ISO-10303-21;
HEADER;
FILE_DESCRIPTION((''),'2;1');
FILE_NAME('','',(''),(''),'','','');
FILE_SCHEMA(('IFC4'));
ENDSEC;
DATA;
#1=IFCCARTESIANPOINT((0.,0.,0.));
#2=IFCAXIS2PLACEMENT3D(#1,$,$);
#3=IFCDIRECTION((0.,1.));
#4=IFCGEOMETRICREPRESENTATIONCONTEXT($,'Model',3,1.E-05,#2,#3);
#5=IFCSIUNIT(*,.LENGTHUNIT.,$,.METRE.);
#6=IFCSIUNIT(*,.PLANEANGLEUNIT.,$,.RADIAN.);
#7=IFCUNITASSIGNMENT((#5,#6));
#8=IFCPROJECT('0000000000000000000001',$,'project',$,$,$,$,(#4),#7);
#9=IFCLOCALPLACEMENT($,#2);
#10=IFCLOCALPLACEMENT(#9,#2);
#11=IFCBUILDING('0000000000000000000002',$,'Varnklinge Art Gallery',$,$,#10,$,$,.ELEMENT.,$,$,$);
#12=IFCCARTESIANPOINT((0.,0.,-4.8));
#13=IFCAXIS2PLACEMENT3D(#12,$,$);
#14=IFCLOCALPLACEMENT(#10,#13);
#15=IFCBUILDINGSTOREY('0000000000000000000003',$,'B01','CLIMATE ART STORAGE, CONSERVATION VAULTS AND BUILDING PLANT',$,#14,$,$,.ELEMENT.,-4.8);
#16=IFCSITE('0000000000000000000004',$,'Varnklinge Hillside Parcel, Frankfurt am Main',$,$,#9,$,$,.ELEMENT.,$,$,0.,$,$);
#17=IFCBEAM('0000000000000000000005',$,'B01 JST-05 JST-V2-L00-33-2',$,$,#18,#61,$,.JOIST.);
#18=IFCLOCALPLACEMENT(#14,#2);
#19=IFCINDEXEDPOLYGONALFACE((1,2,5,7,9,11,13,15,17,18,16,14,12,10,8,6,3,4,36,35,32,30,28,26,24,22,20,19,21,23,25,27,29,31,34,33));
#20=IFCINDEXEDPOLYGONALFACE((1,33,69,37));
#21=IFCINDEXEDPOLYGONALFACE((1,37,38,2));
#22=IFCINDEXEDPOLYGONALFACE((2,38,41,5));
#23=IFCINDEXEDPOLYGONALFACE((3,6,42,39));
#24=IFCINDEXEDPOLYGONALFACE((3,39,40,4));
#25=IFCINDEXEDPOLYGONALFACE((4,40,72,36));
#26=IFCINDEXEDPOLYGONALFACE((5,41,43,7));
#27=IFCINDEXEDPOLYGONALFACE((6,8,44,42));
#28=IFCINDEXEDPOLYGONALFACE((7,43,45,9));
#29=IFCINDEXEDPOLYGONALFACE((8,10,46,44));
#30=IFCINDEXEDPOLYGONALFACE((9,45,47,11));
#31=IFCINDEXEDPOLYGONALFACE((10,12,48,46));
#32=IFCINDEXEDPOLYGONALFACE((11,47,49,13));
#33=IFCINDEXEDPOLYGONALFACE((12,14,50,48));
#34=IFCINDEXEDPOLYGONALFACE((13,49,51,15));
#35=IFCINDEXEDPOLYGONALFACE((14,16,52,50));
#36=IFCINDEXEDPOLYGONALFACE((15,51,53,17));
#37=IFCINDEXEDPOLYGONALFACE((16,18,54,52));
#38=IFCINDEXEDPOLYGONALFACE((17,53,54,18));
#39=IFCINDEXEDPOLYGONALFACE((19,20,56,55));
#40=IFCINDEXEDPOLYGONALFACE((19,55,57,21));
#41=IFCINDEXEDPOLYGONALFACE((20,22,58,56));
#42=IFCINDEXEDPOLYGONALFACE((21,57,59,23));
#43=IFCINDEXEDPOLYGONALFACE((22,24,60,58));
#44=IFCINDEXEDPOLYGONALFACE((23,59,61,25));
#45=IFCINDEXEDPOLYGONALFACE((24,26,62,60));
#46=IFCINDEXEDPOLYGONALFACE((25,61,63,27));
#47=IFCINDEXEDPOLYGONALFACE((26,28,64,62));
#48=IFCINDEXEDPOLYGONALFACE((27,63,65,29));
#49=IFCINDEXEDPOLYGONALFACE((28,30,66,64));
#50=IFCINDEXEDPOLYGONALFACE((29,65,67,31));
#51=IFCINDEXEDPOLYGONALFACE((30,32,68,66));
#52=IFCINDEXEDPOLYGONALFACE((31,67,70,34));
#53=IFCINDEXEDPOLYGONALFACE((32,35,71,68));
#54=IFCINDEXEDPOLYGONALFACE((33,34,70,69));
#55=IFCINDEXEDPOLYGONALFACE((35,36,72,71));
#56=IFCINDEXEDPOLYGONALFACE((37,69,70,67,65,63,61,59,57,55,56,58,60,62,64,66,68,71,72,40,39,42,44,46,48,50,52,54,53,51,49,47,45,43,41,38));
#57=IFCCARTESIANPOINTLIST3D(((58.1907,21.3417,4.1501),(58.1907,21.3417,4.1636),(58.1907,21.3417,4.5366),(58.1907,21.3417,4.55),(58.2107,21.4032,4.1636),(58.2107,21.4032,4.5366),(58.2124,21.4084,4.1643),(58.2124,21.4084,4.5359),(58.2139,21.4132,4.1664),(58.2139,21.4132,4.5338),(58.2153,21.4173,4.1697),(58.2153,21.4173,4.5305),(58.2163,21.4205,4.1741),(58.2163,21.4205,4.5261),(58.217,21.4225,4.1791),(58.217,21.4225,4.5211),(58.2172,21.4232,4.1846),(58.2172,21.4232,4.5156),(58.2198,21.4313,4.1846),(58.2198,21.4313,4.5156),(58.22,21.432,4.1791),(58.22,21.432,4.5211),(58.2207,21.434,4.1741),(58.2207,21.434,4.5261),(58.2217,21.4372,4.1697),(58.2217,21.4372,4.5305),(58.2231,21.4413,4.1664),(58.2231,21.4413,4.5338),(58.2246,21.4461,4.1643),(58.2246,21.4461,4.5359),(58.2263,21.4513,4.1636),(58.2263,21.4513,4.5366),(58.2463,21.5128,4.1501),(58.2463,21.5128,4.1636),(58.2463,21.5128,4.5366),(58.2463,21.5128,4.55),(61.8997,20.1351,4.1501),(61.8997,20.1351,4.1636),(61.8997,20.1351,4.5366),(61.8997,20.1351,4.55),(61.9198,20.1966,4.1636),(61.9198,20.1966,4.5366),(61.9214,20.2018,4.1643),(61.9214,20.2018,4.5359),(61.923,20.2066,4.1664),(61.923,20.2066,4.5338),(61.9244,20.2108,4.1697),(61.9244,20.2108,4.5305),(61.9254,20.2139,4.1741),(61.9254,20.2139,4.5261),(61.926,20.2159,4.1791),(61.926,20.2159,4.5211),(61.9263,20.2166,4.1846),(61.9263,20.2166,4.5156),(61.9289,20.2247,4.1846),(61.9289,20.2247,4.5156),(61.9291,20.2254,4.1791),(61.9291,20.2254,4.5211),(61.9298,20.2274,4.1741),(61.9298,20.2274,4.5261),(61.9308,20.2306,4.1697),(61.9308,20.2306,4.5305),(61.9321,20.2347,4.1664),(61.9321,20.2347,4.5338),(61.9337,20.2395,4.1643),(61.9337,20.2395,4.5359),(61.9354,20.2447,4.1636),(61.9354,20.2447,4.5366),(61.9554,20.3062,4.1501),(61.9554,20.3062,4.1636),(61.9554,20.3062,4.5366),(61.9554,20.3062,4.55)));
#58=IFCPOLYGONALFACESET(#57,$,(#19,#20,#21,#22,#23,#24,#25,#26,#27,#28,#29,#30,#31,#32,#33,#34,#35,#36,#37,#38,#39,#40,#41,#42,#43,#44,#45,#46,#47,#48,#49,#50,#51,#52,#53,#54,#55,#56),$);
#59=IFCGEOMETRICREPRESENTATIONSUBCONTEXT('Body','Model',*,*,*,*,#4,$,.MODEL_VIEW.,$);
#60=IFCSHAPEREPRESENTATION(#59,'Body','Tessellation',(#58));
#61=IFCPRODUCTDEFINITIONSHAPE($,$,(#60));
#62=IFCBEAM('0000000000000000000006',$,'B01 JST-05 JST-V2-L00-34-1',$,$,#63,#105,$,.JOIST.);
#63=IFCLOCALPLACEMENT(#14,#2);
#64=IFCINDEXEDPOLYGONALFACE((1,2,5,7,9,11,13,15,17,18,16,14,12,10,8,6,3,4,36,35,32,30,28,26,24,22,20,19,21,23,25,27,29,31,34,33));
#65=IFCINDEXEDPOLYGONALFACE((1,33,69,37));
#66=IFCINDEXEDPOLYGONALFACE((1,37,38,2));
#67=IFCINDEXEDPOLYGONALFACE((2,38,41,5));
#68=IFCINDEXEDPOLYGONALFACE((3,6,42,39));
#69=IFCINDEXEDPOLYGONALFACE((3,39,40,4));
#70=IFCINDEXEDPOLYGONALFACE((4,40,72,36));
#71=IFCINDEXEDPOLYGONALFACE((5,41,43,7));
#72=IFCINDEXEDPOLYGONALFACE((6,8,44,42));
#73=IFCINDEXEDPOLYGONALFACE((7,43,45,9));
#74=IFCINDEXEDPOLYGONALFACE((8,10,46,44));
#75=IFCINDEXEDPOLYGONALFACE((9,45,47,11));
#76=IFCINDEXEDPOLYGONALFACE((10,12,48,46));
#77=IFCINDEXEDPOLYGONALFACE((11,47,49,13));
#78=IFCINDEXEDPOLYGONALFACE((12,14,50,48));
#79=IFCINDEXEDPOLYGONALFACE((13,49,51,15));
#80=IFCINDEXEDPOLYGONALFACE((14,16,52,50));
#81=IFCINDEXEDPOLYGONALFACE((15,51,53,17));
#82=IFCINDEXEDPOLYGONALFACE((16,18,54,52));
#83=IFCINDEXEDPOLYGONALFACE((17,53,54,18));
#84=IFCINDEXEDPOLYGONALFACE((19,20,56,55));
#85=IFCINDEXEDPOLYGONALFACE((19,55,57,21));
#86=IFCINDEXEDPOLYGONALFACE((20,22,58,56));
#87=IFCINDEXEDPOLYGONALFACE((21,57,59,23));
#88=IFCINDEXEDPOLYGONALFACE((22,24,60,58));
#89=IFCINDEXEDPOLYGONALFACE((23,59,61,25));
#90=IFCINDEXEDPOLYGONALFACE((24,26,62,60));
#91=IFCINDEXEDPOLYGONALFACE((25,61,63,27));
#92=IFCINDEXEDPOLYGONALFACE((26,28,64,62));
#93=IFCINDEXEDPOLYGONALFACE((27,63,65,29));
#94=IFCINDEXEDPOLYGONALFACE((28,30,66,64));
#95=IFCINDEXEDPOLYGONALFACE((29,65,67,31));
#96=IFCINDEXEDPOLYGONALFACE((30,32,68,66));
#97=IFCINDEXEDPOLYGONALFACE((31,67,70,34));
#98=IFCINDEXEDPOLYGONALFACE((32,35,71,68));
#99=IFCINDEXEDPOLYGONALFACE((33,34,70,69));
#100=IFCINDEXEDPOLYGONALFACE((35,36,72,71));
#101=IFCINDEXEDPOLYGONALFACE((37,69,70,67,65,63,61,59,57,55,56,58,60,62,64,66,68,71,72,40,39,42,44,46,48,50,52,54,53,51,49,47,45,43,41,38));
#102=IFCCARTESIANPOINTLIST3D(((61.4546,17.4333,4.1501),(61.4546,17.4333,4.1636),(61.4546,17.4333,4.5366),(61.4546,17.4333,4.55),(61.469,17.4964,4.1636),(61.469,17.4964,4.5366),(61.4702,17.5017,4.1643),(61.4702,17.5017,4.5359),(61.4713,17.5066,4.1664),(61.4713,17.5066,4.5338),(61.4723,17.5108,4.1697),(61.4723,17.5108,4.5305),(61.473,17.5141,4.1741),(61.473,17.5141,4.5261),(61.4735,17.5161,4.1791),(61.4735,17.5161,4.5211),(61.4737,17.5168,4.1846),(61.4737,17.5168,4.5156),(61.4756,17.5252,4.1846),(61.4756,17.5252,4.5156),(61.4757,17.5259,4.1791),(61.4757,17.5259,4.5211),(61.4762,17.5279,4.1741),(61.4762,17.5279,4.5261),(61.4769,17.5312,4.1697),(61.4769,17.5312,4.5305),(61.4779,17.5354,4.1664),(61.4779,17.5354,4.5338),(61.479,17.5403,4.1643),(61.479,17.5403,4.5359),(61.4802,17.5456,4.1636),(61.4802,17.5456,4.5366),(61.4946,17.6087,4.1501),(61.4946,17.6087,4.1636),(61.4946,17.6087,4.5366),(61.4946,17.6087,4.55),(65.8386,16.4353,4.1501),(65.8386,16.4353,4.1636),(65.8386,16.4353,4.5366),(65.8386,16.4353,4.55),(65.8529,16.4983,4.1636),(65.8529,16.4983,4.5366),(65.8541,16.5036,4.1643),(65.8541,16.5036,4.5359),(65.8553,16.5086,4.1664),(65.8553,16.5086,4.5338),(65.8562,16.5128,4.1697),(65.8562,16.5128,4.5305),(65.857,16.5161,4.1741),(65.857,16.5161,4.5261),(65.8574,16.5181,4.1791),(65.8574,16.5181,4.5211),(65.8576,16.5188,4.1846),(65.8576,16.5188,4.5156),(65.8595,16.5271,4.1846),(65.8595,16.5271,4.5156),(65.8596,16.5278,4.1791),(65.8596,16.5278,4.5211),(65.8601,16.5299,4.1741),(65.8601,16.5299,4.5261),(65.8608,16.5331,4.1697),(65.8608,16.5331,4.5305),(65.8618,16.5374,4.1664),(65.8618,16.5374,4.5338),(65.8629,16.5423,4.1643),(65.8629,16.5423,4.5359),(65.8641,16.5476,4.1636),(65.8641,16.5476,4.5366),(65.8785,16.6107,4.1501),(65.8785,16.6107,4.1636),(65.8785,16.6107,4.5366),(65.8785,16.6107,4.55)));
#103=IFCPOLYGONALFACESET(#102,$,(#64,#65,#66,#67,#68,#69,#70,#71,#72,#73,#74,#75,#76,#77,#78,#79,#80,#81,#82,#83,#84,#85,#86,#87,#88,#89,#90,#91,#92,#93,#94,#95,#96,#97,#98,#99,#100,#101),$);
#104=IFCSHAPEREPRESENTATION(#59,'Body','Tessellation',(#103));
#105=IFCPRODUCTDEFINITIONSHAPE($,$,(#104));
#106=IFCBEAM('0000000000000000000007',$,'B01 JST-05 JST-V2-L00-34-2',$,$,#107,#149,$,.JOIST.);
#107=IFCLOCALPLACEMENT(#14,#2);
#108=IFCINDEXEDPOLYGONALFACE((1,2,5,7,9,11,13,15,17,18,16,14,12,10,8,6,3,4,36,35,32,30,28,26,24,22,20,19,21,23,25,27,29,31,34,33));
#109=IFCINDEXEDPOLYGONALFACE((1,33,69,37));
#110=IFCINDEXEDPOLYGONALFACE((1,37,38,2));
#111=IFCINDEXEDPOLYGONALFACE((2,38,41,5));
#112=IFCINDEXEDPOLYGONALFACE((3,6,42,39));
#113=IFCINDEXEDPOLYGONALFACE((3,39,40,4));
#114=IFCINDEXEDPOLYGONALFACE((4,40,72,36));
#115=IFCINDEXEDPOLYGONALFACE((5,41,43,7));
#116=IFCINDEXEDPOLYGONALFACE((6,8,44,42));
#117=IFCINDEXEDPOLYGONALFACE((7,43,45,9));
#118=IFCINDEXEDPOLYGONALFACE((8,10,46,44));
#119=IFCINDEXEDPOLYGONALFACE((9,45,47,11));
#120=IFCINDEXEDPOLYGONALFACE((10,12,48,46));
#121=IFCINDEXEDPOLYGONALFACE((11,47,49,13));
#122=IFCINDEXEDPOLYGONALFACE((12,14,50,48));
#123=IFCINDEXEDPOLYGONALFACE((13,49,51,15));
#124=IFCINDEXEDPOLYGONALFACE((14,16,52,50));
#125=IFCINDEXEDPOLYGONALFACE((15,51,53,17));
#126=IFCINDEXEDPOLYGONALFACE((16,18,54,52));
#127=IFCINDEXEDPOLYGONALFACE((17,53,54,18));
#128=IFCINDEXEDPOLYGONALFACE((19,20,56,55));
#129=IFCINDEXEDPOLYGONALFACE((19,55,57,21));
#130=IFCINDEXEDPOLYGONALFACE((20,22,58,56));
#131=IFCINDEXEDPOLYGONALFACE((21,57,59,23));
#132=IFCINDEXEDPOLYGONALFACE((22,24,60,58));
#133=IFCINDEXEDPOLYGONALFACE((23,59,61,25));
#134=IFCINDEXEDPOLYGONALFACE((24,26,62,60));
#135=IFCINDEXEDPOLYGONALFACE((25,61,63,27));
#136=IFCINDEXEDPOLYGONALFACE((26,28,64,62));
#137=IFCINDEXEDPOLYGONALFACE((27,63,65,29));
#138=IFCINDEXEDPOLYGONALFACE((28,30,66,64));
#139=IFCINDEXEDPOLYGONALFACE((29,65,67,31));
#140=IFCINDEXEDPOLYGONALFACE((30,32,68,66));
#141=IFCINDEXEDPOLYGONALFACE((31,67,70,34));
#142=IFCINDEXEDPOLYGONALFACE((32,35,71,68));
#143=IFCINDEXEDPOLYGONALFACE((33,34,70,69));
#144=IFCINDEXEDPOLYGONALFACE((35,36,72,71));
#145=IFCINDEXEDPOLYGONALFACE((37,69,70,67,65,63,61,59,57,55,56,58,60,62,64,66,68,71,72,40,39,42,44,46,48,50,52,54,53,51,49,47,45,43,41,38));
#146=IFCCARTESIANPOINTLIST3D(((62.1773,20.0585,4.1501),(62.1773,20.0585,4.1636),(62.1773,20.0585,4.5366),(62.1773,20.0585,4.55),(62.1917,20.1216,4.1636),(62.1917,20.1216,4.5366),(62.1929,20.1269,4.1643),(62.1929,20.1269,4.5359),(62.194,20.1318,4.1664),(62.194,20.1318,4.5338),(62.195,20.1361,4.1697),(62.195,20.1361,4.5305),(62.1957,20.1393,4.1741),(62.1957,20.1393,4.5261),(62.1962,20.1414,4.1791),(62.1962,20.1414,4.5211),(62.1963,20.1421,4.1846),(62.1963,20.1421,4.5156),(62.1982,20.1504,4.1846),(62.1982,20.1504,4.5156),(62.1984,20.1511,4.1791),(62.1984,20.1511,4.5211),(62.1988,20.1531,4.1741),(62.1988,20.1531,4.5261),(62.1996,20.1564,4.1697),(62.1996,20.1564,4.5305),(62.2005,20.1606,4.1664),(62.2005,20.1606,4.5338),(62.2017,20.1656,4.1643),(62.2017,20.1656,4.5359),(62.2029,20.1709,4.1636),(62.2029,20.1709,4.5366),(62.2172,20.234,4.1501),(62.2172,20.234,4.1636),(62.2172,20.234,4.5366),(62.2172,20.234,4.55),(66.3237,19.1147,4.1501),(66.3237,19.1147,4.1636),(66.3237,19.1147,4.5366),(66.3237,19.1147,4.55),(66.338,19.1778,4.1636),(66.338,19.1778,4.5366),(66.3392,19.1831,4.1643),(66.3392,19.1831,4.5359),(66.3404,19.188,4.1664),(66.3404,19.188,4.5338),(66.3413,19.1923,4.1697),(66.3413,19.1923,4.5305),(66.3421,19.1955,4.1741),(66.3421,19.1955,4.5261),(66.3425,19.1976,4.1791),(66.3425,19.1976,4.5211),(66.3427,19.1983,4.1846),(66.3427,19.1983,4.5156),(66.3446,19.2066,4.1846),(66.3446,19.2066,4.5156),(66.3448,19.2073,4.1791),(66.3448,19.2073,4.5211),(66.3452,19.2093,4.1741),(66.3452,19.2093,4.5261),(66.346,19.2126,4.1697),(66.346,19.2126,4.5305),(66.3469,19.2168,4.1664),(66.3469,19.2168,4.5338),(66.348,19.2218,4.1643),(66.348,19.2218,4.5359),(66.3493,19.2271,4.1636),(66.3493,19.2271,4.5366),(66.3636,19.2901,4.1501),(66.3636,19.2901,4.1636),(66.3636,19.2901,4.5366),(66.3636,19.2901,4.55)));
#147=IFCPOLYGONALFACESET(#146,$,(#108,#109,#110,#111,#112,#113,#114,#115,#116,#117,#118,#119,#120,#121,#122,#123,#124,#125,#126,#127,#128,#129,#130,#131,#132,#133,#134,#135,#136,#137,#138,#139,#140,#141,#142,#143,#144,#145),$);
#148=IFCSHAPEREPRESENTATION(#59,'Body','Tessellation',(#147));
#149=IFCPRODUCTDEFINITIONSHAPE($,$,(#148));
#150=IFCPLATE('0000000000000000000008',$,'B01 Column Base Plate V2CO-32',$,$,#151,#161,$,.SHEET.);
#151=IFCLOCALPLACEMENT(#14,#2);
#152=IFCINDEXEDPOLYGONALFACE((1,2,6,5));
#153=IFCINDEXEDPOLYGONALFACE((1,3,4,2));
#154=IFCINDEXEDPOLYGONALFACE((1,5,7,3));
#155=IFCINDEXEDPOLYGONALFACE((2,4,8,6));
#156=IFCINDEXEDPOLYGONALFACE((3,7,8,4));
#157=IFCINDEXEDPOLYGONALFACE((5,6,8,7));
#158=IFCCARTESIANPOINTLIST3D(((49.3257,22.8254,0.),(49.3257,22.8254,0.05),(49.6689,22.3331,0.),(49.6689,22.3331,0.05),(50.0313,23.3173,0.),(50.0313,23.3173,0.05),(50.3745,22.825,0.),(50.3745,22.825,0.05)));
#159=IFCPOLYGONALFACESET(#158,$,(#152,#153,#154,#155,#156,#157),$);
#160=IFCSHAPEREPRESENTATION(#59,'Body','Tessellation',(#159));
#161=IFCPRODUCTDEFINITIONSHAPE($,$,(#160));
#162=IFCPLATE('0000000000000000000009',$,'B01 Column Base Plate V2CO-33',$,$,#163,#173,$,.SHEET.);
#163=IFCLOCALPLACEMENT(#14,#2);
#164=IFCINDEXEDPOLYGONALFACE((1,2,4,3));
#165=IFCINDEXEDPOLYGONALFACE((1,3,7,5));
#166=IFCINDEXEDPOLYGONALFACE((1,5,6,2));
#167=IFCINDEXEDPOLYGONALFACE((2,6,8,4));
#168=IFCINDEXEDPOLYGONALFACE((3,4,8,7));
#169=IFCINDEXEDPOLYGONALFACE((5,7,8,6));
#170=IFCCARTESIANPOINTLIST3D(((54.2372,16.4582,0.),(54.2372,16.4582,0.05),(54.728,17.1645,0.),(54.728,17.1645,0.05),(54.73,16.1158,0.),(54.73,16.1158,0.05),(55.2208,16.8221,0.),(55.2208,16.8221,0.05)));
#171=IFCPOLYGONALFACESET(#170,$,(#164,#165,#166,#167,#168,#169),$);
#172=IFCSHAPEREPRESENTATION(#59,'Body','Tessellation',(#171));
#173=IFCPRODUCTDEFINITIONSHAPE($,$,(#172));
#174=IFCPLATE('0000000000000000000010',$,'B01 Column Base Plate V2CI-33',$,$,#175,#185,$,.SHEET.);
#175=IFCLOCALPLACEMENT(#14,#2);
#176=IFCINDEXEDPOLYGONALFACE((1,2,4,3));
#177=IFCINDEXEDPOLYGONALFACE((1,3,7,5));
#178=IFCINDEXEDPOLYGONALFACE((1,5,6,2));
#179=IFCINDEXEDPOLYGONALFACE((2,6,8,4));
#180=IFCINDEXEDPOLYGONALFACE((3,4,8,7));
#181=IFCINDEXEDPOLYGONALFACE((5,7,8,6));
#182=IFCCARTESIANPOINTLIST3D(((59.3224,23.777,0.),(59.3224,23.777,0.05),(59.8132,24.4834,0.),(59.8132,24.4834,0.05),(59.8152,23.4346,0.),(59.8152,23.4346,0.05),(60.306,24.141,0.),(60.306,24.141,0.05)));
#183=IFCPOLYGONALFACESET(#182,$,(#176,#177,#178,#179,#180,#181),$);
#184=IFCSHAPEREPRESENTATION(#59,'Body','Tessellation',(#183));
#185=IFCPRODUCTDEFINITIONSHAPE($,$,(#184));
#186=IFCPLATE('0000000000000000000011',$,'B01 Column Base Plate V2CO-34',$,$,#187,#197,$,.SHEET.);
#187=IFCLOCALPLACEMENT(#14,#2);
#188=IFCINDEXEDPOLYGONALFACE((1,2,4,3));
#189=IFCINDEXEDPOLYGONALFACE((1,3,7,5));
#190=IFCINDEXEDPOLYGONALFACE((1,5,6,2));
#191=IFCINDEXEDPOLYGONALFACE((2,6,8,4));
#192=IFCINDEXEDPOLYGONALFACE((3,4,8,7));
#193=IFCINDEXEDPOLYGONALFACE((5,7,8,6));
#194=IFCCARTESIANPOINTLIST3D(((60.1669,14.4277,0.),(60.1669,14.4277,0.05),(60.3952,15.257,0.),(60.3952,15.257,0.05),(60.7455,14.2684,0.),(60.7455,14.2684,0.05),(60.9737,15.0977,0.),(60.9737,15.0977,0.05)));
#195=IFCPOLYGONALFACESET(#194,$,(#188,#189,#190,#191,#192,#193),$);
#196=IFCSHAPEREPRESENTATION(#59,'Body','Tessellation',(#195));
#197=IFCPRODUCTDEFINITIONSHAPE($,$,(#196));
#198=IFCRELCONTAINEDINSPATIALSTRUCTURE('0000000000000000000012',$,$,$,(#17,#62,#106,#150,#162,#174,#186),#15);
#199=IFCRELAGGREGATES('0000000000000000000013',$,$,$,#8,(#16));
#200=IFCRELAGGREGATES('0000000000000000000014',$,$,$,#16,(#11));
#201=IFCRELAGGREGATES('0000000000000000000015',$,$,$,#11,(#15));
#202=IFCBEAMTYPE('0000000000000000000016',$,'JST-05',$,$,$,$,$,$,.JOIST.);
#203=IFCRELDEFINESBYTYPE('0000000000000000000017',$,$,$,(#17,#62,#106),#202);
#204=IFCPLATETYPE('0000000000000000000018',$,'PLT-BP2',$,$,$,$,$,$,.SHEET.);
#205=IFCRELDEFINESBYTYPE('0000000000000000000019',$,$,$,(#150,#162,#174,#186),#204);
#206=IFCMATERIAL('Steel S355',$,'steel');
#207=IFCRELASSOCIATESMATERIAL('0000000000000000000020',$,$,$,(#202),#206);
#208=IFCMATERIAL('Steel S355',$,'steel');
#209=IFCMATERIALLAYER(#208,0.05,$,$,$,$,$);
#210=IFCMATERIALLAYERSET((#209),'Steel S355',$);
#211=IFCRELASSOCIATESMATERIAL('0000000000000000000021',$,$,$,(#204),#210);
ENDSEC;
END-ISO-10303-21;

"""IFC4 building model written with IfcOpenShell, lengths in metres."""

from ifc_helpers import new_model, si_unit, direction, frame, origin, origin_2d, place, context, subcontext, project, spatial, rectangle, i_section, extrude, material, layer, layer_set, material_profile, profile_set, type_object, element, save


model = new_model("IFC4")

# Units and contexts
model_context = context("Model", 3, precision=1e-05, world=origin(), true_north=direction((0.0, 1.0)))
body_context = subcontext(model_context, "Body", "Model", "MODEL_VIEW")
ifc_project = project(units=[si_unit("LENGTHUNIT", "METRE"), si_unit("PLANEANGLEUNIT", "RADIAN")], contexts=[model_context])

# Site, building, storey
site_placement = place(None, origin())
site = spatial("IfcSite", under=ifc_project, at=site_placement, Name="Varnklinge Hillside Parcel, Frankfurt am Main", CompositionType="ELEMENT", RefElevation=0.0)
building_placement = place(site_placement, origin())
building = spatial("IfcBuilding", under=site, at=building_placement, Name="Varnklinge Art Gallery", CompositionType="ELEMENT")
storey_placement = place(building_placement, frame((0.0, 0.0, -4.8)))
storey = spatial("IfcBuildingStorey", under=building, at=storey_placement, Name="B01", Description="CLIMATE ART STORAGE, CONSERVATION VAULTS AND BUILDING PLANT", CompositionType="ELEMENT", Elevation=-4.8)

# Beams
ifc_material_1 = material(Name="Steel S355", Category="steel")
ifc_material_profile_1 = material_profile(ifc_material_1, i_section(OverallWidth=0.1799, OverallDepth=0.3999, WebThickness=0.0085, FlangeThickness=0.0134, FilletRadius=0.021, at=origin_2d()), Name="IPE 400")
ifc_profile_set_1 = profile_set([ifc_material_profile_1], Name="Steel S355")
beam_type_1 = type_object("IfcBeamType", Name="JST-05", PredefinedType="JOIST", material=ifc_profile_set_1)
beam_1_placement = place(storey_placement, frame((58.2185, 21.4272, 4.3501), z_axis=(0.950949, -0.309346, 0.0), x_axis=(0.309346, 0.950949, 0.0)))
element("IfcBeam", 1, at=beam_1_placement, inside=storey, type_object=beam_type_1, Name="B01 JST-05 JST-V2-L00-33-2", PredefinedType="JOIST", context=body_context, shape_type="SweptSolid", body=[
    extrude(i_section(OverallWidth=0.1799, OverallDepth=0.3999, WebThickness=0.0085, FlangeThickness=0.0134, FilletRadius=0.021, at=origin_2d()), origin(), (0.0, 0.0, 1.0), 3.9004),
])
beam_2_placement = place(storey_placement, frame((61.4746, 17.521, 4.3501), z_axis=(0.975052, -0.221975, 0.0), x_axis=(0.221975, 0.975052, 0.0)))
element("IfcBeam", 2, at=beam_2_placement, inside=storey, type_object=beam_type_1, Name="B01 JST-05 JST-V2-L00-34-1", PredefinedType="JOIST", context=body_context, shape_type="SweptSolid", body=[
    extrude(i_section(OverallWidth=0.1799, OverallDepth=0.3999, WebThickness=0.0085, FlangeThickness=0.0134, FilletRadius=0.021, at=origin_2d()), origin(), (0.0, 0.0, 1.0), 4.4961),
])
beam_3_placement = place(storey_placement, frame((62.1973, 20.1462, 4.3501), z_axis=(0.975058, -0.221949, 0.0), x_axis=(0.221949, 0.975058, 0.0)))
element("IfcBeam", 3, at=beam_3_placement, inside=storey, type_object=beam_type_1, Name="B01 JST-05 JST-V2-L00-34-2", PredefinedType="JOIST", context=body_context, shape_type="SweptSolid", body=[
    extrude(i_section(OverallWidth=0.1799, OverallDepth=0.3999, WebThickness=0.0085, FlangeThickness=0.0134, FilletRadius=0.021, at=origin_2d()), origin(), (0.0, 0.0, 1.0), 4.2524),
])

# Plates
ifc_material_2 = material(Name="Steel S355", Category="steel")
ifc_layer = layer(ifc_material_2, 0.05)
ifc_layer_set = layer_set([ifc_layer], Name="Steel S355")
plate_type = type_object("IfcPlateType", Name="PLT-BP2", PredefinedType="SHEET", material=ifc_layer_set)
for number, where, z_axis, x_axis, name in (
    (4, (49.8501, 22.8252, 0.0), (0.0, 0.0, 1.0), (0.820352, 0.57186, 0.0), "B01 Column Base Plate V2CO-32"),
    (5, (54.729, 16.6401, 0.0), (0.0, 0.0, 1.0), (0.57057, 0.821249, 0.0), "B01 Column Base Plate V2CO-33"),
    (6, (59.8142, 23.959, 0.0), (0.0, 0.0, 1.0), (0.57057, 0.821249, 0.0), "B01 Column Base Plate V2CI-33"),
    (7, (60.5703, 14.7627, 0.0), (0.0, 0.0, 1.0), (0.265388, 0.964142, 0.0), "B01 Column Base Plate V2CO-34"),
):
    element("IfcPlate", number, at=place(storey_placement, frame(where, z_axis=z_axis, x_axis=x_axis)), inside=storey, type_object=plate_type, Name=name, PredefinedType="SHEET", context=body_context, shape_type="SweptSolid", body=[
        extrude(rectangle(XDim=0.8601, YDim=0.6001, at=origin_2d()), origin(), (0.0, 0.0, 1.0), 0.05),
    ])

save(model, "model.ifc")
